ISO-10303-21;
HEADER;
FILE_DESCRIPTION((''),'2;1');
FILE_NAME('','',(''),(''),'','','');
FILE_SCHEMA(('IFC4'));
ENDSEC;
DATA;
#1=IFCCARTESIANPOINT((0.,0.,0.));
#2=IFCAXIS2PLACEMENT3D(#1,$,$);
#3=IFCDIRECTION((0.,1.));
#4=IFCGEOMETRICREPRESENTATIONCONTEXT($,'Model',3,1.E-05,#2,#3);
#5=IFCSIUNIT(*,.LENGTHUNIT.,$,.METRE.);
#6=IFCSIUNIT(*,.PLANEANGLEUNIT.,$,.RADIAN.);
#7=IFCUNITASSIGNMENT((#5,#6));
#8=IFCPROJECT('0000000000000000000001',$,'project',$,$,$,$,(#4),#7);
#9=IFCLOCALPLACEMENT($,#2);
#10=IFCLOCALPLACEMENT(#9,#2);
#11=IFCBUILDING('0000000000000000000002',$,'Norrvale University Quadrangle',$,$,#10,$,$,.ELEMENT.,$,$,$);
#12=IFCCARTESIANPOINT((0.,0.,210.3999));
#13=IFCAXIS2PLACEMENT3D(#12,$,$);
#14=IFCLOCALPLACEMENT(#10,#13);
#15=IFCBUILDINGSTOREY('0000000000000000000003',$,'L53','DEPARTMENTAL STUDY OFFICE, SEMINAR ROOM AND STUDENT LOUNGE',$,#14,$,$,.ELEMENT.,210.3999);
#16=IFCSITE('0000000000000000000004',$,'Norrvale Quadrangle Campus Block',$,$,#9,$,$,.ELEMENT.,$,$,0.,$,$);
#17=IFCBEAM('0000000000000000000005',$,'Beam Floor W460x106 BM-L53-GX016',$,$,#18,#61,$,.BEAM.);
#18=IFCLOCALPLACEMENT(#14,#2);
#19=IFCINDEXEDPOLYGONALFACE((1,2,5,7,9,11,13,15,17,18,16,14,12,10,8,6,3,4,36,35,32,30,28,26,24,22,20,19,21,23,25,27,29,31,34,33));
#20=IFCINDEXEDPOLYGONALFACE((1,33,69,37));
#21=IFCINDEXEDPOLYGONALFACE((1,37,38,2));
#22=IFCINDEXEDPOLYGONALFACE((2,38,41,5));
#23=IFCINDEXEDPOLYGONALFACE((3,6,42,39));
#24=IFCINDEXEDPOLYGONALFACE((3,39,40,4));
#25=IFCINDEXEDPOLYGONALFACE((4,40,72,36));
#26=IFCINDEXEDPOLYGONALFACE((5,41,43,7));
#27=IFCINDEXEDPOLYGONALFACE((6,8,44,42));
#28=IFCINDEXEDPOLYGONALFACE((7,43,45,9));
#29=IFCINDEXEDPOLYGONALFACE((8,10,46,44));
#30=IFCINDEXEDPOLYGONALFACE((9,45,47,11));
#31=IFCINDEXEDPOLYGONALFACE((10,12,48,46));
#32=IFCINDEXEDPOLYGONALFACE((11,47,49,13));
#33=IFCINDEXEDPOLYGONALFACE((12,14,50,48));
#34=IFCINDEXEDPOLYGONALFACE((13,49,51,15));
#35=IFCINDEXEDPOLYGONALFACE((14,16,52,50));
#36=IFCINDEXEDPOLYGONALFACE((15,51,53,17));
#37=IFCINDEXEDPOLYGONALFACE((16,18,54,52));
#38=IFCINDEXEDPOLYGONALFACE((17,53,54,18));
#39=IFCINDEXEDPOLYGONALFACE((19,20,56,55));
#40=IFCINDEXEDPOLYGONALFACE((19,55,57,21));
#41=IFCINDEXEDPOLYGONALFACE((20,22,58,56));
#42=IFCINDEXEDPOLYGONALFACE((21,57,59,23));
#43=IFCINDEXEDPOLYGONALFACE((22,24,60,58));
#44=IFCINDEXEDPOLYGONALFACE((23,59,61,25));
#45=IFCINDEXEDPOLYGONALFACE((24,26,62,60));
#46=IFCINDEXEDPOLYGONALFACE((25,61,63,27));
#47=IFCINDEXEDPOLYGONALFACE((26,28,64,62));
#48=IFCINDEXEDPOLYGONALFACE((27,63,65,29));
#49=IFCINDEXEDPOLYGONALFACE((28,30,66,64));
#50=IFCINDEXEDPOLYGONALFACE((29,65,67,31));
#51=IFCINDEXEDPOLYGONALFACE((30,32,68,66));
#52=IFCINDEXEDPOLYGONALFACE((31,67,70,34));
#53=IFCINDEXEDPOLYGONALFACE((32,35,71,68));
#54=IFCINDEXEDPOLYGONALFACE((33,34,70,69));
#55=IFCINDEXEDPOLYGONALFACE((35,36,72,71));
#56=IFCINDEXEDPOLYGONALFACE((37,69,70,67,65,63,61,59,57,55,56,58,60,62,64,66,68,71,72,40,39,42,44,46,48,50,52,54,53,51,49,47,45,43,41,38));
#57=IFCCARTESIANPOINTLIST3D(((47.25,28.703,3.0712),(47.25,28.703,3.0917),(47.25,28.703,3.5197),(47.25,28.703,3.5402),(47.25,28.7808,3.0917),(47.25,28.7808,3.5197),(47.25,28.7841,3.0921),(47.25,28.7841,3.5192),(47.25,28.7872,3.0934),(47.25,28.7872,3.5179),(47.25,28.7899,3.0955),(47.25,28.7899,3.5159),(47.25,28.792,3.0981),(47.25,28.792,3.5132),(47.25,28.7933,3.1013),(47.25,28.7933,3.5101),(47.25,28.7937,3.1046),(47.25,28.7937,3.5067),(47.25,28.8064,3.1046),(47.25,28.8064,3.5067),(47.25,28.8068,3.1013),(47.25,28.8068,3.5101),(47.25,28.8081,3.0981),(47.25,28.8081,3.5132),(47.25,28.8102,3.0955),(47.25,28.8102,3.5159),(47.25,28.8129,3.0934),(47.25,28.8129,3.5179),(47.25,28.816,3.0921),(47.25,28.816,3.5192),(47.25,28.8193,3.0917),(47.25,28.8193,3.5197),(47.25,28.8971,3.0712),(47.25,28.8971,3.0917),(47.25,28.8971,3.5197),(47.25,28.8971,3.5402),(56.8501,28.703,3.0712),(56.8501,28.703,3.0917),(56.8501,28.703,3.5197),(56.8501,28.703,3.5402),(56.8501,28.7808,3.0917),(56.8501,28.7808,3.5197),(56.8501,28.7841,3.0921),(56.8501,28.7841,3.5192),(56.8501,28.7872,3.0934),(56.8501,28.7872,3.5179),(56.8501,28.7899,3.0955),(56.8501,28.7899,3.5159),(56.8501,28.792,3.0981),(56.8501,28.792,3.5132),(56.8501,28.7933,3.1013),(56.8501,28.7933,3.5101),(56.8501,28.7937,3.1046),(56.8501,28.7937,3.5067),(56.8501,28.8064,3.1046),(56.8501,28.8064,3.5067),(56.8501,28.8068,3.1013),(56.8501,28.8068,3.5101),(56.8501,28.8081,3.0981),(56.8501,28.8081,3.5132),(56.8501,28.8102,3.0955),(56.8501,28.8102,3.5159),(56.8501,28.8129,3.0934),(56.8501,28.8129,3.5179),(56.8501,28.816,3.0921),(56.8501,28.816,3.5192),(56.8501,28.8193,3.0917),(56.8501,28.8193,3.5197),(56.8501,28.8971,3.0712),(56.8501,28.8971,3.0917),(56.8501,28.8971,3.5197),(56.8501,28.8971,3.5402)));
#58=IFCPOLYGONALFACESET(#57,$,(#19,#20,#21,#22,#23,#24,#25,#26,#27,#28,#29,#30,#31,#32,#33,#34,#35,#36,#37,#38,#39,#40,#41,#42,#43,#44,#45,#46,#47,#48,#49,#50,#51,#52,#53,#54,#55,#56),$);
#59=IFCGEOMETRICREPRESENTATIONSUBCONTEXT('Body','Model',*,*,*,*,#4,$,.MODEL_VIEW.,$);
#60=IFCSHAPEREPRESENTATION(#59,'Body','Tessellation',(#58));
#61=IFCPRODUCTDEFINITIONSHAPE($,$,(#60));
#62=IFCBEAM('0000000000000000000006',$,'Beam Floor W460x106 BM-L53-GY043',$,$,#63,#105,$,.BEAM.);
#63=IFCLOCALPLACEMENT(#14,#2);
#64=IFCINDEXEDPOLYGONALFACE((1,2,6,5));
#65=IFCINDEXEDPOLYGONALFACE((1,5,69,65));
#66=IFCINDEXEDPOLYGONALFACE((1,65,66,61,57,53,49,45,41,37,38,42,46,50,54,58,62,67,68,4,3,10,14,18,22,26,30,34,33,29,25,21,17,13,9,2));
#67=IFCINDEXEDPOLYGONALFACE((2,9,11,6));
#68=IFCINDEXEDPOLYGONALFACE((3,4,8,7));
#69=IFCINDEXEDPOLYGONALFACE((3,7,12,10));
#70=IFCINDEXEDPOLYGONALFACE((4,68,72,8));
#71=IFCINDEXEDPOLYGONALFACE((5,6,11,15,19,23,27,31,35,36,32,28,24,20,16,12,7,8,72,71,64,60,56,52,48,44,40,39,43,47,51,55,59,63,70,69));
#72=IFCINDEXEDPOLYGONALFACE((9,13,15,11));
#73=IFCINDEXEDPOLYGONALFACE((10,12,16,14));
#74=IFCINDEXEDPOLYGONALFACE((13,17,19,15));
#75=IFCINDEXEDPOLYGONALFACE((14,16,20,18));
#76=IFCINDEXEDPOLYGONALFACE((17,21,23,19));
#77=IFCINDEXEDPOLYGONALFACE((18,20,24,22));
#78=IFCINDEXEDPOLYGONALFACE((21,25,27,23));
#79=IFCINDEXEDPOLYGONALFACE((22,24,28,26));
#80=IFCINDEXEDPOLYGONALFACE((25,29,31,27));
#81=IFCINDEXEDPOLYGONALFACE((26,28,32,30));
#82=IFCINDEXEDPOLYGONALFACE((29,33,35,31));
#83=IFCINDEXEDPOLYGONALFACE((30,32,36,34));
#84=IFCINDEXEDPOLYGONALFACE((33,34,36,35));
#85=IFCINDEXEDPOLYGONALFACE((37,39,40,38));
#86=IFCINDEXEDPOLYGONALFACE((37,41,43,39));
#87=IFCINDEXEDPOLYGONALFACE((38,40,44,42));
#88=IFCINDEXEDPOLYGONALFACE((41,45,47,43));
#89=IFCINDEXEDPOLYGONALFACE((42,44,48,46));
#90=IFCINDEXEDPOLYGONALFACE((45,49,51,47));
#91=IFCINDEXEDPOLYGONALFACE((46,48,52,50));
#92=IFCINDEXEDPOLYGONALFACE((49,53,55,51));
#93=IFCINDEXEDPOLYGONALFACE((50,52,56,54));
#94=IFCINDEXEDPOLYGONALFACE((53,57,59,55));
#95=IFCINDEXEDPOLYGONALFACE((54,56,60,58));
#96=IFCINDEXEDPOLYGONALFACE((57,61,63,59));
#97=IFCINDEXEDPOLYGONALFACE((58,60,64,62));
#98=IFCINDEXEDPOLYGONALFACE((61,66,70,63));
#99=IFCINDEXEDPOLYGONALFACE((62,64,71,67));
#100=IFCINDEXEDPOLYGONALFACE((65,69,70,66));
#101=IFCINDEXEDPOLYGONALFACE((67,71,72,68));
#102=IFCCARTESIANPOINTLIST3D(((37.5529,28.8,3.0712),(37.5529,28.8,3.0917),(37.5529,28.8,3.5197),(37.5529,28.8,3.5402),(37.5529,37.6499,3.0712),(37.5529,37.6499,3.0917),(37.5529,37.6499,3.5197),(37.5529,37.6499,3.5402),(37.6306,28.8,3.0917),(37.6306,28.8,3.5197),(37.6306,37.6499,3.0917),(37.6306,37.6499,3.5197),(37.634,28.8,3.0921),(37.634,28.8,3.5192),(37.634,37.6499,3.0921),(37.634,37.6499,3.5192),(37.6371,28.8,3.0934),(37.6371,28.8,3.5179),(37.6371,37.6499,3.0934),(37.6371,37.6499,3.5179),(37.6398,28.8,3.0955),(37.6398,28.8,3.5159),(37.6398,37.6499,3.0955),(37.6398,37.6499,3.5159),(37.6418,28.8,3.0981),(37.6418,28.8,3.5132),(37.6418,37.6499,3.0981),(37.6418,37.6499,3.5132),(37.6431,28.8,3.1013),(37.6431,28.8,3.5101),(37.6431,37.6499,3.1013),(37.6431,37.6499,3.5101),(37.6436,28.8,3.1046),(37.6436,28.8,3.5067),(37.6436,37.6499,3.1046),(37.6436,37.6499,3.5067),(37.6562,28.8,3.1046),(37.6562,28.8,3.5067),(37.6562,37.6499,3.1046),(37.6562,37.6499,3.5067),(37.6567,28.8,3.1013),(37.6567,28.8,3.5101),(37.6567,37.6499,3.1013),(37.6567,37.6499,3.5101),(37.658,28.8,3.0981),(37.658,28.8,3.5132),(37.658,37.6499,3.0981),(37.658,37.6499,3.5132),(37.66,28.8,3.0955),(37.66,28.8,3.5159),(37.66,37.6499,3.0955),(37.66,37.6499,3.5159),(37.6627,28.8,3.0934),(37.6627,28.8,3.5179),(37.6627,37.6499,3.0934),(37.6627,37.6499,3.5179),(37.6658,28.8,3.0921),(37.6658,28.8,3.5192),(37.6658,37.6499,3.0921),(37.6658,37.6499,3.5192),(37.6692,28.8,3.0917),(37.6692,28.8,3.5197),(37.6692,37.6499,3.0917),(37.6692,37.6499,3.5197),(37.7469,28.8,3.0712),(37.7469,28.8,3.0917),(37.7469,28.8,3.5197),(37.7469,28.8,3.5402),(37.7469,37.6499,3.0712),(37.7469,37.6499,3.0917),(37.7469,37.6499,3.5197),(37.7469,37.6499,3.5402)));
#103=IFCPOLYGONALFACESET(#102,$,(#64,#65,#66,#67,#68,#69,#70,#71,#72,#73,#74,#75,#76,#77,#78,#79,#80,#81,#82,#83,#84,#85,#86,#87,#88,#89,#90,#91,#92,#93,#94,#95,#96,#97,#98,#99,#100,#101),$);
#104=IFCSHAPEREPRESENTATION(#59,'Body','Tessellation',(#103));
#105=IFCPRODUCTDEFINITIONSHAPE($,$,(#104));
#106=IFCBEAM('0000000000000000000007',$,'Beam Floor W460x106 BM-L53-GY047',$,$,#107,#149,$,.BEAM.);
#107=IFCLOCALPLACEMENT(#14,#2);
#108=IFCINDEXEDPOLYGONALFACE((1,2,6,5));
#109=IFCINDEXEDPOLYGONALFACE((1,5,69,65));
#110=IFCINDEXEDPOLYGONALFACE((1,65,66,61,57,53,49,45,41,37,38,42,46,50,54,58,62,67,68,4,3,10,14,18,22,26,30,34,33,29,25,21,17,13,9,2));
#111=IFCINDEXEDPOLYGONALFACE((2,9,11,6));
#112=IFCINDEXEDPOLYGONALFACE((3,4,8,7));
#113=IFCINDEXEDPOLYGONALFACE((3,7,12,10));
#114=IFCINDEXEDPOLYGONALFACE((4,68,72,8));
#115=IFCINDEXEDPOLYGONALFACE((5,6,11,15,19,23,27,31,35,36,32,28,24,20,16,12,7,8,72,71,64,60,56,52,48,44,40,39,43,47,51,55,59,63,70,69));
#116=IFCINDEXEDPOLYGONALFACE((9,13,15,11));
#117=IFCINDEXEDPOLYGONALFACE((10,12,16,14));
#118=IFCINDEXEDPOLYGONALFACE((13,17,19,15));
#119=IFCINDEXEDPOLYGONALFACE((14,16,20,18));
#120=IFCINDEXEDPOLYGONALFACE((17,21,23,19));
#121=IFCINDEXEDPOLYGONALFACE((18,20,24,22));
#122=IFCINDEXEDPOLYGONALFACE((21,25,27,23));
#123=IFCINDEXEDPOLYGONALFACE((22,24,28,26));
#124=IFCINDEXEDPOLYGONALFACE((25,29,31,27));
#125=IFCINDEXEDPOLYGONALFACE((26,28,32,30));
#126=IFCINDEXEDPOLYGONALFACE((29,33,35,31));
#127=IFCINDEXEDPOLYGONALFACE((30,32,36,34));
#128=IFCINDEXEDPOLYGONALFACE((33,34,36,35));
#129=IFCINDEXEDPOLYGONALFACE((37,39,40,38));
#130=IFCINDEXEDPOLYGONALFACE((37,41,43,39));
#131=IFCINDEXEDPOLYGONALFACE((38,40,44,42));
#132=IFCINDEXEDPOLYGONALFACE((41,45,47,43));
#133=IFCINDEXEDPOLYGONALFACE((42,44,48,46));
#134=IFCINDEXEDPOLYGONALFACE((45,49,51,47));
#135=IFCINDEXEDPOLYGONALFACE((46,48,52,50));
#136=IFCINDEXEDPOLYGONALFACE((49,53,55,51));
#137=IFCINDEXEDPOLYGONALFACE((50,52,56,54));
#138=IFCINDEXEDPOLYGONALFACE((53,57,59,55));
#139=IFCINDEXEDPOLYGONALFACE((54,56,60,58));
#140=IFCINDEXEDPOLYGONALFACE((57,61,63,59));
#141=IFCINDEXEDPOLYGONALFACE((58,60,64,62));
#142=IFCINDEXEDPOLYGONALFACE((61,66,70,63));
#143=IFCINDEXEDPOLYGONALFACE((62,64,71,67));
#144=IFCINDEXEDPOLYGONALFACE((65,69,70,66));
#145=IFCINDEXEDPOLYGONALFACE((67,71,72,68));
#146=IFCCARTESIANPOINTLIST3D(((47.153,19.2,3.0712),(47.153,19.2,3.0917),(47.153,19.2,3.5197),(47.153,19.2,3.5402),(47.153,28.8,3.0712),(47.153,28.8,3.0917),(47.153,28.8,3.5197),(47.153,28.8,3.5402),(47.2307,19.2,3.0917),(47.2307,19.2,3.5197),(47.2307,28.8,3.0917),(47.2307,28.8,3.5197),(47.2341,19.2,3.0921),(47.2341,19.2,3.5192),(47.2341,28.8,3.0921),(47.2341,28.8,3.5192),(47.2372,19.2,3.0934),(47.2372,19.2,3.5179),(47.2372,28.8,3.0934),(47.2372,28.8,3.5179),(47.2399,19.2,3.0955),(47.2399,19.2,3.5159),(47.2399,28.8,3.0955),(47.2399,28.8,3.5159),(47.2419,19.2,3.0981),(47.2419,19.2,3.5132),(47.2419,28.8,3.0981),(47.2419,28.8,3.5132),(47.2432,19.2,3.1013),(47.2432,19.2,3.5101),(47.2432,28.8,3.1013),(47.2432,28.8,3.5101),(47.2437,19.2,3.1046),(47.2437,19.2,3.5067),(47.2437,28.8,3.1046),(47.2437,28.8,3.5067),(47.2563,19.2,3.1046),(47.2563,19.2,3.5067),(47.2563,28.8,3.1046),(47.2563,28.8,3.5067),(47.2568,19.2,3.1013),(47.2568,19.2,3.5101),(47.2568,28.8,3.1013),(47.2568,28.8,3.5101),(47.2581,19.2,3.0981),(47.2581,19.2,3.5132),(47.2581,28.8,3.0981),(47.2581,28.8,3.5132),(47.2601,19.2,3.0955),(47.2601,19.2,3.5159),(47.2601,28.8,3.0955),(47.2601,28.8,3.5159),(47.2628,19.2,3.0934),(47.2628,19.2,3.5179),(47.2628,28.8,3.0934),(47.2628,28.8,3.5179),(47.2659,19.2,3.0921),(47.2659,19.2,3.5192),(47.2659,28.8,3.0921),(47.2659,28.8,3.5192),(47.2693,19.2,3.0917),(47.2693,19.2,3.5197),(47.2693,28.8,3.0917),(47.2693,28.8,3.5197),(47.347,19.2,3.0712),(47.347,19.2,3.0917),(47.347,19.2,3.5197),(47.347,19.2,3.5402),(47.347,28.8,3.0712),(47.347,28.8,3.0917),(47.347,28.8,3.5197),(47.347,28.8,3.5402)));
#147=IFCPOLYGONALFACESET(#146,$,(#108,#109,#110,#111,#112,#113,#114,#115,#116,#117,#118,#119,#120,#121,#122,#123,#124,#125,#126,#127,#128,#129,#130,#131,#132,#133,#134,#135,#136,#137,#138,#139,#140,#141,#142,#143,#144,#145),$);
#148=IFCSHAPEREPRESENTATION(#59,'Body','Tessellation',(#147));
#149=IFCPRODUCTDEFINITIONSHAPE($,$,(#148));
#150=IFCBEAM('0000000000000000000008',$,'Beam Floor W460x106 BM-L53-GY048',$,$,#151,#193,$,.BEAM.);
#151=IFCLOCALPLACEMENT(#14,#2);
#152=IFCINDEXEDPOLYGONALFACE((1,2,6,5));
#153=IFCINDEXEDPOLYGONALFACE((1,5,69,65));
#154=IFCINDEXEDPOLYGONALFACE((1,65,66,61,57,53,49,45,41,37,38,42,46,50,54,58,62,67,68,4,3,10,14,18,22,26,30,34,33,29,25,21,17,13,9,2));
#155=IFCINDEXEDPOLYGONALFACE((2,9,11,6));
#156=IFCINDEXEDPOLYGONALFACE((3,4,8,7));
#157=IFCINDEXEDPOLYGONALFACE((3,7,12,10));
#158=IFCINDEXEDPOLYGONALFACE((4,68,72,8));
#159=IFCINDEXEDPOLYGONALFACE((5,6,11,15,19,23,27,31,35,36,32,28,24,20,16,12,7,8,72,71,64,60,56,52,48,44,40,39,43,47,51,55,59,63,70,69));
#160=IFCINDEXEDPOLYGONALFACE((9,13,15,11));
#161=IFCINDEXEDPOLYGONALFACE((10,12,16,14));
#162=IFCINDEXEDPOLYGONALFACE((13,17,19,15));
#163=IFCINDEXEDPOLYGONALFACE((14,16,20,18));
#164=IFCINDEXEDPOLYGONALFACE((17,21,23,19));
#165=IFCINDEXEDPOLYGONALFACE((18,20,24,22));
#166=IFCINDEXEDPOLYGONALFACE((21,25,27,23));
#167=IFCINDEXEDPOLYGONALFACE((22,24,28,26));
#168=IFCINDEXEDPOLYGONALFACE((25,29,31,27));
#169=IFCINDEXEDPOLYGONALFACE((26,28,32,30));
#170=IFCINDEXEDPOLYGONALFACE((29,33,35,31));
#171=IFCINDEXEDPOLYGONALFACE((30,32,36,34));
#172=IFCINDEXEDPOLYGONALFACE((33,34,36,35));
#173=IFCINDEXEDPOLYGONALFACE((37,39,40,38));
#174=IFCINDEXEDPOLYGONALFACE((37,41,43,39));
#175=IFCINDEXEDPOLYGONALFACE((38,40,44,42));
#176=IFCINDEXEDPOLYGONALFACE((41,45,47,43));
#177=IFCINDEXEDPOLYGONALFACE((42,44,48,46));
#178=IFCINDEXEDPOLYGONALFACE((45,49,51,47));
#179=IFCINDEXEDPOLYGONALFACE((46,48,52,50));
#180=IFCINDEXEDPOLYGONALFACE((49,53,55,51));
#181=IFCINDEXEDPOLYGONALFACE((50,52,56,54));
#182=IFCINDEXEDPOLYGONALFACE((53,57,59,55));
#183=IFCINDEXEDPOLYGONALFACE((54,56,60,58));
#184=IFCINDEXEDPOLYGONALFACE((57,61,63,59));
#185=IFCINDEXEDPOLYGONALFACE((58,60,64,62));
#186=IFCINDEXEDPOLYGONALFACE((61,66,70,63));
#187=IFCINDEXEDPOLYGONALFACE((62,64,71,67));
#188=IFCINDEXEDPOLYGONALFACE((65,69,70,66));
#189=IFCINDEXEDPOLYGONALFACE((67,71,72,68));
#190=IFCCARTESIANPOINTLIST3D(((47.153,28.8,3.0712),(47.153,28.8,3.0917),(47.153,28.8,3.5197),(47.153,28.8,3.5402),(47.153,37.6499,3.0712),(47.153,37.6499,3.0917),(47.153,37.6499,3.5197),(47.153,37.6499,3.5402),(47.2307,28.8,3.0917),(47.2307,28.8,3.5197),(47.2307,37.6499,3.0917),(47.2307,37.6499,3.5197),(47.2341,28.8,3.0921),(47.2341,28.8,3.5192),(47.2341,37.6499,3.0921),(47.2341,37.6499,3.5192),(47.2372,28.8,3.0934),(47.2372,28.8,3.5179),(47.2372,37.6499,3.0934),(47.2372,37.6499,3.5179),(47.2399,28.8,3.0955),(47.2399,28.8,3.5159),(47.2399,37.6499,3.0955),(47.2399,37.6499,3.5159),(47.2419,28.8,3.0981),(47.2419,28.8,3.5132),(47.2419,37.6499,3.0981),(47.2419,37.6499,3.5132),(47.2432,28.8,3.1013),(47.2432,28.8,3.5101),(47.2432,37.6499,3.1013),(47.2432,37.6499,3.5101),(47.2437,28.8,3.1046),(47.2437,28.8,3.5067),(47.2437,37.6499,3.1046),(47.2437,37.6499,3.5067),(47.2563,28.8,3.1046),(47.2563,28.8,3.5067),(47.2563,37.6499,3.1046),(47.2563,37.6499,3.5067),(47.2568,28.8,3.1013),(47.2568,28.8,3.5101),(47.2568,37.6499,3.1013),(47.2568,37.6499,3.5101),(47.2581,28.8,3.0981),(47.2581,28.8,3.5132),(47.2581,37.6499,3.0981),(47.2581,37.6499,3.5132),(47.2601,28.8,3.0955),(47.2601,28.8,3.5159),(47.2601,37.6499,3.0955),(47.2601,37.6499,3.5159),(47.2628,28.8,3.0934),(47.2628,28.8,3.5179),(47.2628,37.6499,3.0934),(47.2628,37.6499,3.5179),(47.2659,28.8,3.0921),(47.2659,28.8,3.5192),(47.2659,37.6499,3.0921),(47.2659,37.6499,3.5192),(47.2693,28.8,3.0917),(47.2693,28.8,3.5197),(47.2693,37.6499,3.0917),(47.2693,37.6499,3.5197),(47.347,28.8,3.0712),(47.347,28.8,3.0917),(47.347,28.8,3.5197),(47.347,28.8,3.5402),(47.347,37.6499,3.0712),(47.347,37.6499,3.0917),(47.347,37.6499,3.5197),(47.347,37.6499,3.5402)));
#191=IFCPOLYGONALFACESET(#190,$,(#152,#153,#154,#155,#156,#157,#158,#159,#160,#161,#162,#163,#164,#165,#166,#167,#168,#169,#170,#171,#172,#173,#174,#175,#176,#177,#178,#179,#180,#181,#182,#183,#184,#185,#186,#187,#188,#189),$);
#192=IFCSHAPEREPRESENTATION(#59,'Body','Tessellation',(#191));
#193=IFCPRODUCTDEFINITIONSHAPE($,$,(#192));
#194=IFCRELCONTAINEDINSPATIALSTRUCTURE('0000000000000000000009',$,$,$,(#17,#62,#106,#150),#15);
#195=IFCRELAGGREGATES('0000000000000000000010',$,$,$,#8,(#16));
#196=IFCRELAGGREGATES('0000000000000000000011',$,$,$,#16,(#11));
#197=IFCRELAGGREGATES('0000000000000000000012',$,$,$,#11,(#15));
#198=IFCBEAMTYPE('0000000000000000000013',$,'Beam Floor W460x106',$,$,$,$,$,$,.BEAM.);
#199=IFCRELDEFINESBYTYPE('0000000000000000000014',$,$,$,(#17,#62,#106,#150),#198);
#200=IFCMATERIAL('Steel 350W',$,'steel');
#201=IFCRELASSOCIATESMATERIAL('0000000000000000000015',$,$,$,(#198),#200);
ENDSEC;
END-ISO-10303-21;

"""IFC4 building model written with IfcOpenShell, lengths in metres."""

from ifc_helpers import new_model, si_unit, direction, frame, origin, origin_2d, place, context, subcontext, project, spatial, i_section, extrude, material, material_profile, profile_set, type_object, element, save


model = new_model("IFC4")

# Units and contexts
model_context = context("Model", 3, precision=1e-05, world=origin(), true_north=direction((0.0, 1.0)))
body_context = subcontext(model_context, "Body", "Model", "MODEL_VIEW")
ifc_project = project(units=[si_unit("LENGTHUNIT", "METRE"), si_unit("PLANEANGLEUNIT", "RADIAN")], contexts=[model_context])

# Site, building, storey
site_placement = place(None, origin())
site = spatial("IfcSite", under=ifc_project, at=site_placement, Name="Norrvale Quadrangle Campus Block", CompositionType="ELEMENT", RefElevation=0.0)
building_placement = place(site_placement, origin())
building = spatial("IfcBuilding", under=site, at=building_placement, Name="Norrvale University Quadrangle", CompositionType="ELEMENT")
storey_placement = place(building_placement, frame((0.0, 0.0, 210.3999)))
storey = spatial("IfcBuildingStorey", under=building, at=storey_placement, Name="L53", Description="DEPARTMENTAL STUDY OFFICE, SEMINAR ROOM AND STUDENT LOUNGE", CompositionType="ELEMENT", Elevation=210.3999)

# Beams
ifc_material_1 = material(Name="Steel 350W", Category="steel")
ifc_material_profile_1 = material_profile(ifc_material_1, i_section(OverallWidth=0.1941, OverallDepth=0.469, WebThickness=0.0127, FlangeThickness=0.0205, FilletRadius=0.0129, at=origin_2d()), Name="Steel 350W")
ifc_profile_set_1 = profile_set([ifc_material_profile_1], Name="Steel 350W")
beam_type_1 = type_object("IfcBeamType", Name="Beam Floor W460x106", PredefinedType="BEAM", material=ifc_profile_set_1)
for number, where, z_axis, x_axis, name in (
    (1, (47.25, 28.8, 3.3057), (1.0, 0.0, 0.0), (0.0, 1.0, 0.0), "Beam Floor W460x106 BM-L53-GX016"),
):
    element("IfcBeam", number, at=place(storey_placement, frame(where, z_axis=z_axis, x_axis=x_axis)), inside=storey, type_object=beam_type_1, Name=name, PredefinedType="BEAM", context=body_context, shape_type="SweptSolid", body=[
        extrude(i_section(OverallWidth=0.1941, OverallDepth=0.469, WebThickness=0.0127, FlangeThickness=0.0205, FilletRadius=0.0129, at=origin_2d()), origin(), (0.0, 0.0, 1.0), 9.6001),
    ])
beam_1_placement = place(storey_placement, frame((37.6499, 28.8, 3.3057), z_axis=(0.0, 1.0, 0.0), x_axis=(-1.0, 0.0, 0.0)))
element("IfcBeam", 2, at=beam_1_placement, inside=storey, type_object=beam_type_1, Name="Beam Floor W460x106 BM-L53-GY043", PredefinedType="BEAM", context=body_context, shape_type="SweptSolid", body=[
    extrude(i_section(OverallWidth=0.1941, OverallDepth=0.469, WebThickness=0.0127, FlangeThickness=0.0205, FilletRadius=0.0129, at=origin_2d()), origin(), (0.0, 0.0, 1.0), 8.8499),
])
beam_2_placement = place(storey_placement, frame((47.25, 19.2, 3.3057), z_axis=(0.0, 1.0, 0.0), x_axis=(-1.0, 0.0, 0.0)))
element("IfcBeam", 3, at=beam_2_placement, inside=storey, type_object=beam_type_1, Name="Beam Floor W460x106 BM-L53-GY047", PredefinedType="BEAM", context=body_context, shape_type="SweptSolid", body=[
    extrude(i_section(OverallWidth=0.1941, OverallDepth=0.469, WebThickness=0.0127, FlangeThickness=0.0205, FilletRadius=0.0129, at=origin_2d()), origin(), (0.0, 0.0, 1.0), 9.6001),
])
beam_3_placement = place(storey_placement, frame((47.25, 28.8, 3.3057), z_axis=(0.0, 1.0, 0.0), x_axis=(-1.0, 0.0, 0.0)))
element("IfcBeam", 4, at=beam_3_placement, inside=storey, type_object=beam_type_1, Name="Beam Floor W460x106 BM-L53-GY048", PredefinedType="BEAM", context=body_context, shape_type="SweptSolid", body=[
    extrude(i_section(OverallWidth=0.1941, OverallDepth=0.469, WebThickness=0.0127, FlangeThickness=0.0205, FilletRadius=0.0129, at=origin_2d()), origin(), (0.0, 0.0, 1.0), 8.8499),
])

save(model, "model.ifc")
